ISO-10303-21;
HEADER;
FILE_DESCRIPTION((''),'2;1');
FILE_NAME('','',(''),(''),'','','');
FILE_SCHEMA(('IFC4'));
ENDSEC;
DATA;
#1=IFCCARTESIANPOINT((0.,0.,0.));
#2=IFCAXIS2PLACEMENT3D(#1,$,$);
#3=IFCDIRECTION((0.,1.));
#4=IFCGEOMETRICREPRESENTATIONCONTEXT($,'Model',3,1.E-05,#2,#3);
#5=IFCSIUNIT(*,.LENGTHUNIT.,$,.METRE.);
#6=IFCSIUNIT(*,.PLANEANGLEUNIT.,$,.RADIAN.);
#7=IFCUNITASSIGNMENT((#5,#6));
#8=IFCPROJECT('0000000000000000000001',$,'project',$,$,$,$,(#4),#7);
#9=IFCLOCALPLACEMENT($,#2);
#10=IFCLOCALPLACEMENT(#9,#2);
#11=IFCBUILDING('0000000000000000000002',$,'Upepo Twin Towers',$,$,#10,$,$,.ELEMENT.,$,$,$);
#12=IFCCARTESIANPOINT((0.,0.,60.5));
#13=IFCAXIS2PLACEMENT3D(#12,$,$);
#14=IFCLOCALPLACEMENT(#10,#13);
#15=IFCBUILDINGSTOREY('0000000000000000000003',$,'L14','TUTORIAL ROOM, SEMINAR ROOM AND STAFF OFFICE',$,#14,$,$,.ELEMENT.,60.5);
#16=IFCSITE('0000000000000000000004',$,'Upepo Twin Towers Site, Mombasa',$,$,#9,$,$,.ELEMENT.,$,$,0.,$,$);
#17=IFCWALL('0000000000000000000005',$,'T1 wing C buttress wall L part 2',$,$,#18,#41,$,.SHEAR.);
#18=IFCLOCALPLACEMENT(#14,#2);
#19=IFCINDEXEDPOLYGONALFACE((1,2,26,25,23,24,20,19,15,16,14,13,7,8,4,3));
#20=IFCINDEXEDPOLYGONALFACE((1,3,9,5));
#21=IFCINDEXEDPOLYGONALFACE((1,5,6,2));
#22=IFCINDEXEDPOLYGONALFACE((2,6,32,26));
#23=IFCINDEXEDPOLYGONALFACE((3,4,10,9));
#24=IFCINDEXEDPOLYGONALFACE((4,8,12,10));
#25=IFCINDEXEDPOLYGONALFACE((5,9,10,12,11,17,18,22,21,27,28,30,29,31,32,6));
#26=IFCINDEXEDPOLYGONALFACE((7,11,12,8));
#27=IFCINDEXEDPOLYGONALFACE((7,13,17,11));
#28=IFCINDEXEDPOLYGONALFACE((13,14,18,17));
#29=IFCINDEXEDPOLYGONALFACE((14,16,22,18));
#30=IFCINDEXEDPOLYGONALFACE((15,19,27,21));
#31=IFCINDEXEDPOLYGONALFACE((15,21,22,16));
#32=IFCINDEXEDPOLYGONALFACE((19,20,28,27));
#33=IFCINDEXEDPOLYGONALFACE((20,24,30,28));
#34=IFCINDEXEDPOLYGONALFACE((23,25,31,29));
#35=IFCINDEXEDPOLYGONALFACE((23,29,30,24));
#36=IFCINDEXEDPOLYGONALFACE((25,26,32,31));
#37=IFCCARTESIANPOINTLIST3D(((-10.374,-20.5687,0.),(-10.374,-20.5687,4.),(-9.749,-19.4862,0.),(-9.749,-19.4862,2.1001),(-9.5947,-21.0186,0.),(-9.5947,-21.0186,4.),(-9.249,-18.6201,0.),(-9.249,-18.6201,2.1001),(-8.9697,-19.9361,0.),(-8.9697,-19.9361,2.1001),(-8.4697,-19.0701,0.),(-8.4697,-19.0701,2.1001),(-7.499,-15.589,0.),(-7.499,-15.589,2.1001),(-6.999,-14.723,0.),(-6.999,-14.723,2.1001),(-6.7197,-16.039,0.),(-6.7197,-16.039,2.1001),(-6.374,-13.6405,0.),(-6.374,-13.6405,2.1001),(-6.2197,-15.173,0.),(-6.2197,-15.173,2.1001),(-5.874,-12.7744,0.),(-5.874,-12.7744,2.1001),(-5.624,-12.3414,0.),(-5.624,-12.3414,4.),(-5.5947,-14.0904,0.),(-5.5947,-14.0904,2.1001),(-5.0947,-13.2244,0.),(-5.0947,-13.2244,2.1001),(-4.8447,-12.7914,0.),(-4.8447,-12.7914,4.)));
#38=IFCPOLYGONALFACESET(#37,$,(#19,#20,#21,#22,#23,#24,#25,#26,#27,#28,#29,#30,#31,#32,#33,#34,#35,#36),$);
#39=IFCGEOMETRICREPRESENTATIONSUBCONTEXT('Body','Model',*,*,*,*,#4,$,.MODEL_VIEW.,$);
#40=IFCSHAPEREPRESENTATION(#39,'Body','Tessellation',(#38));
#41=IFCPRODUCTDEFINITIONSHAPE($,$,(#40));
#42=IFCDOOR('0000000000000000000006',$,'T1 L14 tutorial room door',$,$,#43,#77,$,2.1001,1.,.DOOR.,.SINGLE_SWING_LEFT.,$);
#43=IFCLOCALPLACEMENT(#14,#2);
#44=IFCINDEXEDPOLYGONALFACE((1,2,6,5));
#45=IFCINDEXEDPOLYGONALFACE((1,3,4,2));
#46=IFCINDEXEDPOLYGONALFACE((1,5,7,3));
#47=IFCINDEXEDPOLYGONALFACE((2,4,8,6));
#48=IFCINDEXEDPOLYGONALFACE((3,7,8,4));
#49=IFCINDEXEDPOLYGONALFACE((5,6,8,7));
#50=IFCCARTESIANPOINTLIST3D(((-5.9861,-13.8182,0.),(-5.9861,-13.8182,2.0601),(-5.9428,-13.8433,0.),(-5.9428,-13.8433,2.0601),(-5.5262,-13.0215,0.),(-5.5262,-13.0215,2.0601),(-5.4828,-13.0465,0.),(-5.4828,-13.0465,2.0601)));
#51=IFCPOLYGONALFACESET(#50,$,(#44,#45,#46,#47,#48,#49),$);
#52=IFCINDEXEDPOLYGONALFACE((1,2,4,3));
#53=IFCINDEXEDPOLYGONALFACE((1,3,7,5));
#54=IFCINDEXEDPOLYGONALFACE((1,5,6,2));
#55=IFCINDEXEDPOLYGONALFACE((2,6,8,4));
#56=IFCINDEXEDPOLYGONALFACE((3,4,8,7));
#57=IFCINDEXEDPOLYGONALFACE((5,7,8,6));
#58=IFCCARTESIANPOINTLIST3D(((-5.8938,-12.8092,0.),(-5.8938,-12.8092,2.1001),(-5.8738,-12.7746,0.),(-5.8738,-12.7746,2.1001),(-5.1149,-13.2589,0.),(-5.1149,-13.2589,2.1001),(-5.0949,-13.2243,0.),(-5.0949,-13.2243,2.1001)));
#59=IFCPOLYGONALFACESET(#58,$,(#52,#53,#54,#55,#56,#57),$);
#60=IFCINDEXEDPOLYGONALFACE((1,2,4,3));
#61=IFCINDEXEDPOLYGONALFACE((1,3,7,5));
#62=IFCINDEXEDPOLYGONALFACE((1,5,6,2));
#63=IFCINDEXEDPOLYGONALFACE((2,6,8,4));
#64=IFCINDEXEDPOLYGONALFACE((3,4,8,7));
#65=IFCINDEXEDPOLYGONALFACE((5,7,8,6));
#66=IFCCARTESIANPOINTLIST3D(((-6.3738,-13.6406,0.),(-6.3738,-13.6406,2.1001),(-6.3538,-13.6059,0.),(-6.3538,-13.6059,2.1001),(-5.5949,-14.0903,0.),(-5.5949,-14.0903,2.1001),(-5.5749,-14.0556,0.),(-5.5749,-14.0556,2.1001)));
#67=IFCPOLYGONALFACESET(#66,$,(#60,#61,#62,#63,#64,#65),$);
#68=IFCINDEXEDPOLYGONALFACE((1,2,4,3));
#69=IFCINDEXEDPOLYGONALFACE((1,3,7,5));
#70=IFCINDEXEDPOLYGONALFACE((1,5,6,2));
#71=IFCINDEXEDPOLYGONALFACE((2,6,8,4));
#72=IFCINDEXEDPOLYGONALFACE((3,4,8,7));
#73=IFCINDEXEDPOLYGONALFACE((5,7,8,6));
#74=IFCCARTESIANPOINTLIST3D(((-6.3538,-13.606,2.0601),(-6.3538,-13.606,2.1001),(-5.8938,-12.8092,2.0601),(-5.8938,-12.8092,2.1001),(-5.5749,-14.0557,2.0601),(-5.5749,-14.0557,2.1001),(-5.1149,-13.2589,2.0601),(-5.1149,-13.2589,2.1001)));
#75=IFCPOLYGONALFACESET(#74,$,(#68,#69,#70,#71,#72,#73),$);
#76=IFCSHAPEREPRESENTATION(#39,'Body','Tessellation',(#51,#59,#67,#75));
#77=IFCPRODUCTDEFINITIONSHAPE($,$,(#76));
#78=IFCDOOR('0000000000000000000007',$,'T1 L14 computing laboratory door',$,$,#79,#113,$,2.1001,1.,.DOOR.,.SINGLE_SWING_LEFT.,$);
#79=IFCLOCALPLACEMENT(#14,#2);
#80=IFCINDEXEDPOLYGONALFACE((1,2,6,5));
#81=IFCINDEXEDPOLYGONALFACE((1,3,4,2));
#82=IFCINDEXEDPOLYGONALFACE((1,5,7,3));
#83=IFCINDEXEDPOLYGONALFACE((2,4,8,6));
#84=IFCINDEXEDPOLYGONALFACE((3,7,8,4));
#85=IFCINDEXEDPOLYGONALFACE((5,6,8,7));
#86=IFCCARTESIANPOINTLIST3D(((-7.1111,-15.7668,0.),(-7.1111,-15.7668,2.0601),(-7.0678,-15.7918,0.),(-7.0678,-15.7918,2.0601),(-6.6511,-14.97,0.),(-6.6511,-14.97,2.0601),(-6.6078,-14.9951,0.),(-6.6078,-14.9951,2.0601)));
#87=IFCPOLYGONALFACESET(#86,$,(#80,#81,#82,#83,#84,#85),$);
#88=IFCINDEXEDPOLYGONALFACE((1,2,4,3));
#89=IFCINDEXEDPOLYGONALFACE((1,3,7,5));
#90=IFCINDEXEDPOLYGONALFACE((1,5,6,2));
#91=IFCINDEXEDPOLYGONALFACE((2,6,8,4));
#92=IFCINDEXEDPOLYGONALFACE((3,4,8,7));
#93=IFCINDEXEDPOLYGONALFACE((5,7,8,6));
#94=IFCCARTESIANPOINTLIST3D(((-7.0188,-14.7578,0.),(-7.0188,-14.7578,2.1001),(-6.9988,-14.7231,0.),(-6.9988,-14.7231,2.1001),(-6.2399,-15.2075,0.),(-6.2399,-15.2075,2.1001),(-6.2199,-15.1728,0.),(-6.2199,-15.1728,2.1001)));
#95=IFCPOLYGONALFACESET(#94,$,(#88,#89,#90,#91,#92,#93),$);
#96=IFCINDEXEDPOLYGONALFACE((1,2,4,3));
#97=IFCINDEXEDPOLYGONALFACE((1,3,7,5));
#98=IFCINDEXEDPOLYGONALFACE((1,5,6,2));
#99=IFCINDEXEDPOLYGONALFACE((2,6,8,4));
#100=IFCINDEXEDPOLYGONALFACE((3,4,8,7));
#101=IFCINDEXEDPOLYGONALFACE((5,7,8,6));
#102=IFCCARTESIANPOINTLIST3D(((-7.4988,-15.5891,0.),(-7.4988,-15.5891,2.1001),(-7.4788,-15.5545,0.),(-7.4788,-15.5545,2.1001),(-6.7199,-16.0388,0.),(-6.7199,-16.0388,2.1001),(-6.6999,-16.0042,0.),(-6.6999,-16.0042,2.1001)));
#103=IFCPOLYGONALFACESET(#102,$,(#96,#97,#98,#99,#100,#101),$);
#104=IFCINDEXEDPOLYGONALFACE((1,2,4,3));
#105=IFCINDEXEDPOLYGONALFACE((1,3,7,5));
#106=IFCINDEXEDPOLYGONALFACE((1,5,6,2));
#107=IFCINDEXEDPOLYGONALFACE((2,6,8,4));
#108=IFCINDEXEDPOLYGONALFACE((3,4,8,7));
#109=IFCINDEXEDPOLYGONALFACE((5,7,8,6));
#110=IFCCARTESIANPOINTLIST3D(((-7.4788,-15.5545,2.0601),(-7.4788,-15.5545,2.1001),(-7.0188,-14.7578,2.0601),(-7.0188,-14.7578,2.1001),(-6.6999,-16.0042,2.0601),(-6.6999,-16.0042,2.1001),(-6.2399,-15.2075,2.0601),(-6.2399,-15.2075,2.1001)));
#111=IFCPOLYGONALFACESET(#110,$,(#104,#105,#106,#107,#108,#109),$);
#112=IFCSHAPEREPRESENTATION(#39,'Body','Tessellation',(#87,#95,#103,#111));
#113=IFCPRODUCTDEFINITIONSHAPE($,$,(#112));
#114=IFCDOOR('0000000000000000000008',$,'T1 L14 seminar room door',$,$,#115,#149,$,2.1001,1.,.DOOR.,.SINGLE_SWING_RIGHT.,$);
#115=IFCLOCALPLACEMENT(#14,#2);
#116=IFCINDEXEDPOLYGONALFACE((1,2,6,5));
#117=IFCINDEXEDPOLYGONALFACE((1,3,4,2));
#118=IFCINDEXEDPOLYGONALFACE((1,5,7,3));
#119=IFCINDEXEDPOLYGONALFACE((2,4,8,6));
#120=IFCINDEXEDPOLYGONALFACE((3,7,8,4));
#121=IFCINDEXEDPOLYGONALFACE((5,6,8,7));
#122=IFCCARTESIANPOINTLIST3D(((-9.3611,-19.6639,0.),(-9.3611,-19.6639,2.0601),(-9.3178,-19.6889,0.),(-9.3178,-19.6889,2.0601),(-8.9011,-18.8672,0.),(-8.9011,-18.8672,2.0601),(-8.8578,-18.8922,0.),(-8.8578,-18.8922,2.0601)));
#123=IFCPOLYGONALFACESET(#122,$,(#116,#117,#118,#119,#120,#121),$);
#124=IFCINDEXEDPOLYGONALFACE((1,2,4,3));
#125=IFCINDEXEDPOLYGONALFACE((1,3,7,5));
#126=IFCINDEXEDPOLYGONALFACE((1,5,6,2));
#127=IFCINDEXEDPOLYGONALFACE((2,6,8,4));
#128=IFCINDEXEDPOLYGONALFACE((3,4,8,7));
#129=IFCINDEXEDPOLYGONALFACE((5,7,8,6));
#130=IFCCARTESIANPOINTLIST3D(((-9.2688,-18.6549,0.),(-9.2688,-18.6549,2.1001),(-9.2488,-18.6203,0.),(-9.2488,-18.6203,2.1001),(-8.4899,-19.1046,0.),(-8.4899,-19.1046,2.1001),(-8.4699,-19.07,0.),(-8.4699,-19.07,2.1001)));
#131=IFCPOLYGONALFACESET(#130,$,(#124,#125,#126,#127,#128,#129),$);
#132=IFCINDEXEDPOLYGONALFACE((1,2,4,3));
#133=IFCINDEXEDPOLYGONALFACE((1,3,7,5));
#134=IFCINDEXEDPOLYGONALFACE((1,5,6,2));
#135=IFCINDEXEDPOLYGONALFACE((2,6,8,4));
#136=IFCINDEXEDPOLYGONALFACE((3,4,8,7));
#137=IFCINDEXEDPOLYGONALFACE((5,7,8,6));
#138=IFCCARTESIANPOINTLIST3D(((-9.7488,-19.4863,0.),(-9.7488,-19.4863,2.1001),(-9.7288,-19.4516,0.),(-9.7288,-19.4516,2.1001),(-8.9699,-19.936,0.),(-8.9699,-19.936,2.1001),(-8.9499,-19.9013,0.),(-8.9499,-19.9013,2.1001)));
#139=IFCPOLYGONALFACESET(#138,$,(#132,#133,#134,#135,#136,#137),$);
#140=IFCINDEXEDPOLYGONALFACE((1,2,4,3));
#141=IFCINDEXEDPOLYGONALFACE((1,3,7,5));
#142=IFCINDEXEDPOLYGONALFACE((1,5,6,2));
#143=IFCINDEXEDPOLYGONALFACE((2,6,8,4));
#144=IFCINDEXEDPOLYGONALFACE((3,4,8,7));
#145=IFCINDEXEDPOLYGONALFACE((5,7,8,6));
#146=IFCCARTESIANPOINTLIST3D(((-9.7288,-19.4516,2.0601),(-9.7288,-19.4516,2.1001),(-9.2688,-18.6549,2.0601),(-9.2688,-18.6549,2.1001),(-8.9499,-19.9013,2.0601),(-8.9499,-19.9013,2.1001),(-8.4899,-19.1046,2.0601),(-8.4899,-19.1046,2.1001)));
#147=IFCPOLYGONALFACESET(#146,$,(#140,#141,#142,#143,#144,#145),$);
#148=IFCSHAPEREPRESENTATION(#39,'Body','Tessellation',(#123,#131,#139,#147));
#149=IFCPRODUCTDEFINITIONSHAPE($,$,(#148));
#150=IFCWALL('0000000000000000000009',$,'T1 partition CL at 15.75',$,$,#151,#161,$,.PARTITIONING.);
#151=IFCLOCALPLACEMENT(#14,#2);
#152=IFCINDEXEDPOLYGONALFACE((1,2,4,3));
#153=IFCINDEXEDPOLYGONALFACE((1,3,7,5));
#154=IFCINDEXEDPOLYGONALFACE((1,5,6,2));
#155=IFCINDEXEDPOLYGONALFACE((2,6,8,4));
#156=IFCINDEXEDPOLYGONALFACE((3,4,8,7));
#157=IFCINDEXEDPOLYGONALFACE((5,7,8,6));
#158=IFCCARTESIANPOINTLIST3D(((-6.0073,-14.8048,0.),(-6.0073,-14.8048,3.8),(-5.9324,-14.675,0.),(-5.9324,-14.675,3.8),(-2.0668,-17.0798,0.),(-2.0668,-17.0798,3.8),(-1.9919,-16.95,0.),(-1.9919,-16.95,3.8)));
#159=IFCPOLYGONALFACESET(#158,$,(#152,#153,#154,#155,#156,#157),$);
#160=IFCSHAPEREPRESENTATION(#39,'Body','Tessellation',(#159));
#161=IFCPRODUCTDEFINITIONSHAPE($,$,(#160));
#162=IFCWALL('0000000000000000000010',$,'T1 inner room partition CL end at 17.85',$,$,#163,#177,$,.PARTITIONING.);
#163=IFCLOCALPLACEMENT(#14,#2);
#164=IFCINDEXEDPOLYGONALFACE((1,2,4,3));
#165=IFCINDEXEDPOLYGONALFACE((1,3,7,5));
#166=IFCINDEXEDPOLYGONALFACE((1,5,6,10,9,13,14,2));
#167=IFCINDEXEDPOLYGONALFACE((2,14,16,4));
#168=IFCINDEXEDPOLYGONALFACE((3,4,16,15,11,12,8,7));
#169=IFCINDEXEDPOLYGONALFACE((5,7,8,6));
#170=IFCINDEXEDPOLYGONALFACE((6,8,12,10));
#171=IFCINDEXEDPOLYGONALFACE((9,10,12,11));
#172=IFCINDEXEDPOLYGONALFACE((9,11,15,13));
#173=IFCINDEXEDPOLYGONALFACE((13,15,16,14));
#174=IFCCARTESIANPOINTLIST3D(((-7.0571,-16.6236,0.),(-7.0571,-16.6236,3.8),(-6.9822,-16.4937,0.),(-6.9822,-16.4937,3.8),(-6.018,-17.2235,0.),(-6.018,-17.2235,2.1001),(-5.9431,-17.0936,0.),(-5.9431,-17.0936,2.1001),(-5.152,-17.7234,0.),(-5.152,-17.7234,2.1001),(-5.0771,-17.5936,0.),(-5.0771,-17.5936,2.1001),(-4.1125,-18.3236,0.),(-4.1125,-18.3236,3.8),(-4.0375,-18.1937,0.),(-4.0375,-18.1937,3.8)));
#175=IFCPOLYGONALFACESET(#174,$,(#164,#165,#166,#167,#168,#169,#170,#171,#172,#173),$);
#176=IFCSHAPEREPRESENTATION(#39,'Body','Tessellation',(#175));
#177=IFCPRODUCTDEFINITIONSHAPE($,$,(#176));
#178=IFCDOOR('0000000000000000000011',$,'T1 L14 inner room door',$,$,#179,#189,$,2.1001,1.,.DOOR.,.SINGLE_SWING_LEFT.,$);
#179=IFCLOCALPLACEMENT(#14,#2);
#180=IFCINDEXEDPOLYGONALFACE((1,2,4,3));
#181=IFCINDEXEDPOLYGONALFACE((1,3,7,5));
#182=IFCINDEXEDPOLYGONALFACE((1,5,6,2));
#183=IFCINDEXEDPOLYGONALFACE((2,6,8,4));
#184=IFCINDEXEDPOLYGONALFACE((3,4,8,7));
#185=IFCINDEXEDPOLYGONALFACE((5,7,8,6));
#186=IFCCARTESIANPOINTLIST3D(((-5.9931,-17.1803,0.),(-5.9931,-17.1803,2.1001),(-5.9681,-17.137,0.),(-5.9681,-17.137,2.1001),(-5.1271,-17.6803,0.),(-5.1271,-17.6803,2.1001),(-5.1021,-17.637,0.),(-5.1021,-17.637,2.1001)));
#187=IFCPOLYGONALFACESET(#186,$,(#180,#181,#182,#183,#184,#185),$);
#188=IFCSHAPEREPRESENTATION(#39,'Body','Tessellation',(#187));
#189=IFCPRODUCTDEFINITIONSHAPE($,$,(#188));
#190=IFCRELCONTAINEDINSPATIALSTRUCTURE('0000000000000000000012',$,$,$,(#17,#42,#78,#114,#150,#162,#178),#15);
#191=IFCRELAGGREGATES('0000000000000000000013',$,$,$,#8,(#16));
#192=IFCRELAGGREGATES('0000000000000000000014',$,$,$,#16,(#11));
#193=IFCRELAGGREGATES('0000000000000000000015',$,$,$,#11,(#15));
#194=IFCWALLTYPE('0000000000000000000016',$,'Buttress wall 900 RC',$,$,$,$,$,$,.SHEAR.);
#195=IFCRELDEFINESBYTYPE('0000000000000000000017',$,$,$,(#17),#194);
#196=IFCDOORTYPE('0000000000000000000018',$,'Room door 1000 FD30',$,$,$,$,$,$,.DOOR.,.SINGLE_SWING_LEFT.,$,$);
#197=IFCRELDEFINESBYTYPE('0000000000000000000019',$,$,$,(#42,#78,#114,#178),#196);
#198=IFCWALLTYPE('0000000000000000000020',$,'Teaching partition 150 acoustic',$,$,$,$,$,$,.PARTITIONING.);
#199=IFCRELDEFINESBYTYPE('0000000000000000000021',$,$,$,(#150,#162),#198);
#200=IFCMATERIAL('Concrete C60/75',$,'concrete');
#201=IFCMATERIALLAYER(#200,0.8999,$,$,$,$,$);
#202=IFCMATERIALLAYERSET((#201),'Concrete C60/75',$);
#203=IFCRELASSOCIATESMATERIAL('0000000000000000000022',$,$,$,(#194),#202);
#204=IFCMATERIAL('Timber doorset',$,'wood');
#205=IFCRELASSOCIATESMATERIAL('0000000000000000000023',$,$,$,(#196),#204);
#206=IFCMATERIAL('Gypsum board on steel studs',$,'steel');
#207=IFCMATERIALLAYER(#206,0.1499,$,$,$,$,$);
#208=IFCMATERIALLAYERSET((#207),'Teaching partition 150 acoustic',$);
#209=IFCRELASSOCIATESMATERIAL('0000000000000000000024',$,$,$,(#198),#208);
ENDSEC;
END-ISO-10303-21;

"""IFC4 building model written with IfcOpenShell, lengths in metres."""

from ifc_helpers import new_model, si_unit, direction, frame, frame_2d, origin, place, context, subcontext, project, spatial, rectangle, extrude, material, layer, layer_set, type_object, element, fill, save


model = new_model("IFC4")

# Units and contexts
model_context = context("Model", 3, precision=1e-05, world=origin(), true_north=direction((0.0, 1.0)))
body_context = subcontext(model_context, "Body", "Model", "MODEL_VIEW")
ifc_project = project(units=[si_unit("LENGTHUNIT", "METRE"), si_unit("PLANEANGLEUNIT", "RADIAN")], contexts=[model_context])

# Site, building, storey
site_placement = place(None, origin())
site = spatial("IfcSite", under=ifc_project, at=site_placement, Name="Upepo Twin Towers Site, Mombasa", CompositionType="ELEMENT", RefElevation=0.0)
building_placement = place(site_placement, origin())
building = spatial("IfcBuilding", under=site, at=building_placement, Name="Upepo Twin Towers", CompositionType="ELEMENT")
storey_placement = place(building_placement, frame((0.0, 0.0, 60.5)))
storey = spatial("IfcBuildingStorey", under=building, at=storey_placement, Name="L14", Description="TUTORIAL ROOM, SEMINAR ROOM AND STAFF OFFICE", CompositionType="ELEMENT", Elevation=60.5)

# Wall, openings, doors
ifc_material_1 = material(Name="Concrete C60/75", Category="concrete")
ifc_layer_1 = layer(ifc_material_1, 0.8999)
ifc_layer_set_1 = layer_set([ifc_layer_1], Name="Concrete C60/75")
wall_type_1 = type_object("IfcWallType", Name="Buttress wall 900 RC", PredefinedType="SHEAR", material=ifc_layer_set_1)
wall_1_placement = place(storey_placement, frame((-5.2344, -12.5664, 0.0), z_axis=(0.0, 0.0, 1.0), x_axis=(-0.499998, -0.866027, 0.0)))
wall_1 = element("IfcWall", 1, at=wall_1_placement, inside=storey, type_object=wall_type_1, Name="T1 wing C buttress wall L part 2", PredefinedType="SHEAR", context=body_context, shape_type="SweptSolid", body=[
    extrude(rectangle(XDim=9.5, YDim=0.8999, at=frame_2d((4.75, 0.0))), origin(), (0.0, 0.0, 1.0), 4.0),
])
opening_1_placement = place(wall_1_placement, frame((0.5, 0.0, 0.0)))
opening_1 = element("IfcOpeningElement", 2, at=opening_1_placement, cuts=wall_1, PredefinedType="OPENING", context=body_context, shape_type="SweptSolid", body=[
    extrude(rectangle(XDim=1.0, YDim=2.1001, at=frame_2d((0.5, 1.05))), frame((0.0, 0.46, 0.0), z_axis=(0.0, -1.0, 0.0), x_axis=(1.0, 0.0, 0.0)), (0.0, 0.0, 1.0), 0.9199),
])
opening_2_placement = place(wall_1_placement, frame((2.75, 0.0, 0.0)))
opening_2 = element("IfcOpeningElement", 3, at=opening_2_placement, cuts=wall_1, PredefinedType="OPENING", context=body_context, shape_type="SweptSolid", body=[
    extrude(rectangle(XDim=1.0, YDim=2.1001, at=frame_2d((0.5, 1.05))), frame((0.0, 0.46, 0.0), z_axis=(0.0, -1.0, 0.0), x_axis=(1.0, 0.0, 0.0)), (0.0, 0.0, 1.0), 0.9199),
])
opening_3_placement = place(wall_1_placement, frame((7.25, 0.0, 0.0)))
opening_3 = element("IfcOpeningElement", 4, at=opening_3_placement, cuts=wall_1, PredefinedType="OPENING", context=body_context, shape_type="SweptSolid", body=[
    extrude(rectangle(XDim=1.0, YDim=2.1001, at=frame_2d((0.5, 1.05))), frame((0.0, 0.46, 0.0), z_axis=(0.0, -1.0, 0.0), x_axis=(1.0, 0.0, 0.0)), (0.0, 0.0, 1.0), 0.9199),
])
ifc_material_2 = material(Name="Timber doorset", Category="wood")
door_type = type_object("IfcDoorType", Name="Room door 1000 FD30", OperationType="SINGLE_SWING_LEFT", PredefinedType="DOOR", material=ifc_material_2)
door_1_placement = place(opening_1_placement, origin())
door_1 = element("IfcDoor", 5, at=door_1_placement, inside=storey, type_object=door_type, Name="T1 L14 tutorial room door", OperationType="SINGLE_SWING_LEFT", OverallHeight=2.1001, OverallWidth=1.0, PredefinedType="DOOR", context=body_context, shape_type="SweptSolid", body=[
    extrude(rectangle(XDim=0.92, YDim=2.0601, at=frame_2d((0.5, 1.03))), frame((0.0, 0.0249, 0.0), z_axis=(0.0, -1.0, 0.0), x_axis=(1.0, 0.0, 0.0)), (0.0, 0.0, 1.0), 0.05),
    extrude(rectangle(XDim=0.04, YDim=2.1001, at=frame_2d((0.02, 1.05))), frame((0.0, 0.4497, 0.0), z_axis=(0.0, -1.0, 0.0), x_axis=(1.0, 0.0, 0.0)), (0.0, 0.0, 1.0), 0.8994),
    extrude(rectangle(XDim=0.04, YDim=2.1001, at=frame_2d((0.98, 1.05))), frame((0.0, 0.4497, 0.0), z_axis=(0.0, -1.0, 0.0), x_axis=(1.0, 0.0, 0.0)), (0.0, 0.0, 1.0), 0.8994),
    extrude(rectangle(XDim=0.92, YDim=0.04, at=frame_2d((0.5, 2.0801))), frame((0.0, 0.4497, 0.0), z_axis=(0.0, -1.0, 0.0), x_axis=(1.0, 0.0, 0.0)), (0.0, 0.0, 1.0), 0.8994),
])
fill(opening_1, door_1)
door_2_placement = place(opening_2_placement, origin())
door_2 = element("IfcDoor", 6, at=door_2_placement, inside=storey, type_object=door_type, Name="T1 L14 computing laboratory door", OperationType="SINGLE_SWING_LEFT", OverallHeight=2.1001, OverallWidth=1.0, PredefinedType="DOOR", context=body_context, shape_type="SweptSolid", body=[
    extrude(rectangle(XDim=0.92, YDim=2.0601, at=frame_2d((0.5, 1.03))), frame((0.0, 0.0249, 0.0), z_axis=(0.0, -1.0, 0.0), x_axis=(1.0, 0.0, 0.0)), (0.0, 0.0, 1.0), 0.05),
    extrude(rectangle(XDim=0.04, YDim=2.1001, at=frame_2d((0.02, 1.05))), frame((0.0, 0.4497, 0.0), z_axis=(0.0, -1.0, 0.0), x_axis=(1.0, 0.0, 0.0)), (0.0, 0.0, 1.0), 0.8994),
    extrude(rectangle(XDim=0.04, YDim=2.1001, at=frame_2d((0.98, 1.05))), frame((0.0, 0.4497, 0.0), z_axis=(0.0, -1.0, 0.0), x_axis=(1.0, 0.0, 0.0)), (0.0, 0.0, 1.0), 0.8994),
    extrude(rectangle(XDim=0.92, YDim=0.04, at=frame_2d((0.5, 2.0801))), frame((0.0, 0.4497, 0.0), z_axis=(0.0, -1.0, 0.0), x_axis=(1.0, 0.0, 0.0)), (0.0, 0.0, 1.0), 0.8994),
])
fill(opening_2, door_2)
door_3_placement = place(opening_3_placement, origin())
door_3 = element("IfcDoor", 7, at=door_3_placement, inside=storey, type_object=door_type, Name="T1 L14 seminar room door", OperationType="SINGLE_SWING_RIGHT", OverallHeight=2.1001, OverallWidth=1.0, PredefinedType="DOOR", context=body_context, shape_type="SweptSolid", body=[
    extrude(rectangle(XDim=0.92, YDim=2.0601, at=frame_2d((0.5, 1.03))), frame((0.0, 0.0249, 0.0), z_axis=(0.0, -1.0, 0.0), x_axis=(1.0, 0.0, 0.0)), (0.0, 0.0, 1.0), 0.05),
    extrude(rectangle(XDim=0.04, YDim=2.1001, at=frame_2d((0.02, 1.05))), frame((0.0, 0.4497, 0.0), z_axis=(0.0, -1.0, 0.0), x_axis=(1.0, 0.0, 0.0)), (0.0, 0.0, 1.0), 0.8994),
    extrude(rectangle(XDim=0.04, YDim=2.1001, at=frame_2d((0.98, 1.05))), frame((0.0, 0.4497, 0.0), z_axis=(0.0, -1.0, 0.0), x_axis=(1.0, 0.0, 0.0)), (0.0, 0.0, 1.0), 0.8994),
    extrude(rectangle(XDim=0.92, YDim=0.04, at=frame_2d((0.5, 2.0801))), frame((0.0, 0.4497, 0.0), z_axis=(0.0, -1.0, 0.0), x_axis=(1.0, 0.0, 0.0)), (0.0, 0.0, 1.0), 0.8994),
])
fill(opening_3, door_3)

# Wall
ifc_material_3 = material(Name="Gypsum board on steel studs", Category="steel")
ifc_layer_2 = layer(ifc_material_3, 0.1499)
ifc_layer_set_2 = layer_set([ifc_layer_2], Name="Teaching partition 150 acoustic")
wall_type_2 = type_object("IfcWallType", Name="Teaching partition 150 acoustic", PredefinedType="PARTITIONING", material=ifc_layer_set_2)
wall_2_placement = place(storey_placement, frame((-5.9697, -14.74, 0.0), z_axis=(0.0, 0.0, 1.0), x_axis=(0.866035, -0.499983, 0.0)))
element("IfcWall", 8, at=wall_2_placement, inside=storey, type_object=wall_type_2, Name="T1 partition CL at 15.75", PredefinedType="PARTITIONING", context=body_context, shape_type="SweptSolid", body=[
    extrude(rectangle(XDim=4.55, YDim=0.1499, at=frame_2d((2.2749, 0.0))), origin(), (0.0, 0.0, 1.0), 3.8),
])

# Wall, opening, door
wall_3_placement = place(storey_placement, frame((-7.0198, -16.5586, 0.0), z_axis=(0.0, 0.0, 1.0), x_axis=(0.866039, -0.499977, 0.0)))
wall_3 = element("IfcWall", 9, at=wall_3_placement, inside=storey, type_object=wall_type_2, Name="T1 inner room partition CL end at 17.85", PredefinedType="PARTITIONING", context=body_context, shape_type="SweptSolid", body=[
    extrude(rectangle(XDim=3.4001, YDim=0.1499, at=frame_2d((1.7002, 0.0))), origin(), (0.0, 0.0, 1.0), 3.8),
])
opening_4_placement = place(wall_3_placement, frame((1.2, 0.0, 0.0)))
opening_4 = element("IfcOpeningElement", 10, at=opening_4_placement, cuts=wall_3, PredefinedType="OPENING", context=body_context, shape_type="SweptSolid", body=[
    extrude(rectangle(XDim=1.0, YDim=2.1001, at=frame_2d((0.5, 1.05))), frame((0.0, 0.085, 0.0), z_axis=(0.0, -1.0, 0.0), x_axis=(1.0, 0.0, 0.0)), (0.0, 0.0, 1.0), 0.1699),
])
door_4_placement = place(opening_4_placement, origin())
door_4 = element("IfcDoor", 11, at=door_4_placement, inside=storey, type_object=door_type, Name="T1 L14 inner room door", OperationType="SINGLE_SWING_LEFT", OverallHeight=2.1001, OverallWidth=1.0, PredefinedType="DOOR", context=body_context, shape_type="SweptSolid", body=[
    extrude(rectangle(XDim=1.0, YDim=2.1001, at=frame_2d((0.5, 1.05))), frame((0.0, 0.0249, 0.0), z_axis=(0.0, -1.0, 0.0), x_axis=(1.0, 0.0, 0.0)), (0.0, 0.0, 1.0), 0.05),
])
fill(opening_4, door_4)

save(model, "model.ifc")
